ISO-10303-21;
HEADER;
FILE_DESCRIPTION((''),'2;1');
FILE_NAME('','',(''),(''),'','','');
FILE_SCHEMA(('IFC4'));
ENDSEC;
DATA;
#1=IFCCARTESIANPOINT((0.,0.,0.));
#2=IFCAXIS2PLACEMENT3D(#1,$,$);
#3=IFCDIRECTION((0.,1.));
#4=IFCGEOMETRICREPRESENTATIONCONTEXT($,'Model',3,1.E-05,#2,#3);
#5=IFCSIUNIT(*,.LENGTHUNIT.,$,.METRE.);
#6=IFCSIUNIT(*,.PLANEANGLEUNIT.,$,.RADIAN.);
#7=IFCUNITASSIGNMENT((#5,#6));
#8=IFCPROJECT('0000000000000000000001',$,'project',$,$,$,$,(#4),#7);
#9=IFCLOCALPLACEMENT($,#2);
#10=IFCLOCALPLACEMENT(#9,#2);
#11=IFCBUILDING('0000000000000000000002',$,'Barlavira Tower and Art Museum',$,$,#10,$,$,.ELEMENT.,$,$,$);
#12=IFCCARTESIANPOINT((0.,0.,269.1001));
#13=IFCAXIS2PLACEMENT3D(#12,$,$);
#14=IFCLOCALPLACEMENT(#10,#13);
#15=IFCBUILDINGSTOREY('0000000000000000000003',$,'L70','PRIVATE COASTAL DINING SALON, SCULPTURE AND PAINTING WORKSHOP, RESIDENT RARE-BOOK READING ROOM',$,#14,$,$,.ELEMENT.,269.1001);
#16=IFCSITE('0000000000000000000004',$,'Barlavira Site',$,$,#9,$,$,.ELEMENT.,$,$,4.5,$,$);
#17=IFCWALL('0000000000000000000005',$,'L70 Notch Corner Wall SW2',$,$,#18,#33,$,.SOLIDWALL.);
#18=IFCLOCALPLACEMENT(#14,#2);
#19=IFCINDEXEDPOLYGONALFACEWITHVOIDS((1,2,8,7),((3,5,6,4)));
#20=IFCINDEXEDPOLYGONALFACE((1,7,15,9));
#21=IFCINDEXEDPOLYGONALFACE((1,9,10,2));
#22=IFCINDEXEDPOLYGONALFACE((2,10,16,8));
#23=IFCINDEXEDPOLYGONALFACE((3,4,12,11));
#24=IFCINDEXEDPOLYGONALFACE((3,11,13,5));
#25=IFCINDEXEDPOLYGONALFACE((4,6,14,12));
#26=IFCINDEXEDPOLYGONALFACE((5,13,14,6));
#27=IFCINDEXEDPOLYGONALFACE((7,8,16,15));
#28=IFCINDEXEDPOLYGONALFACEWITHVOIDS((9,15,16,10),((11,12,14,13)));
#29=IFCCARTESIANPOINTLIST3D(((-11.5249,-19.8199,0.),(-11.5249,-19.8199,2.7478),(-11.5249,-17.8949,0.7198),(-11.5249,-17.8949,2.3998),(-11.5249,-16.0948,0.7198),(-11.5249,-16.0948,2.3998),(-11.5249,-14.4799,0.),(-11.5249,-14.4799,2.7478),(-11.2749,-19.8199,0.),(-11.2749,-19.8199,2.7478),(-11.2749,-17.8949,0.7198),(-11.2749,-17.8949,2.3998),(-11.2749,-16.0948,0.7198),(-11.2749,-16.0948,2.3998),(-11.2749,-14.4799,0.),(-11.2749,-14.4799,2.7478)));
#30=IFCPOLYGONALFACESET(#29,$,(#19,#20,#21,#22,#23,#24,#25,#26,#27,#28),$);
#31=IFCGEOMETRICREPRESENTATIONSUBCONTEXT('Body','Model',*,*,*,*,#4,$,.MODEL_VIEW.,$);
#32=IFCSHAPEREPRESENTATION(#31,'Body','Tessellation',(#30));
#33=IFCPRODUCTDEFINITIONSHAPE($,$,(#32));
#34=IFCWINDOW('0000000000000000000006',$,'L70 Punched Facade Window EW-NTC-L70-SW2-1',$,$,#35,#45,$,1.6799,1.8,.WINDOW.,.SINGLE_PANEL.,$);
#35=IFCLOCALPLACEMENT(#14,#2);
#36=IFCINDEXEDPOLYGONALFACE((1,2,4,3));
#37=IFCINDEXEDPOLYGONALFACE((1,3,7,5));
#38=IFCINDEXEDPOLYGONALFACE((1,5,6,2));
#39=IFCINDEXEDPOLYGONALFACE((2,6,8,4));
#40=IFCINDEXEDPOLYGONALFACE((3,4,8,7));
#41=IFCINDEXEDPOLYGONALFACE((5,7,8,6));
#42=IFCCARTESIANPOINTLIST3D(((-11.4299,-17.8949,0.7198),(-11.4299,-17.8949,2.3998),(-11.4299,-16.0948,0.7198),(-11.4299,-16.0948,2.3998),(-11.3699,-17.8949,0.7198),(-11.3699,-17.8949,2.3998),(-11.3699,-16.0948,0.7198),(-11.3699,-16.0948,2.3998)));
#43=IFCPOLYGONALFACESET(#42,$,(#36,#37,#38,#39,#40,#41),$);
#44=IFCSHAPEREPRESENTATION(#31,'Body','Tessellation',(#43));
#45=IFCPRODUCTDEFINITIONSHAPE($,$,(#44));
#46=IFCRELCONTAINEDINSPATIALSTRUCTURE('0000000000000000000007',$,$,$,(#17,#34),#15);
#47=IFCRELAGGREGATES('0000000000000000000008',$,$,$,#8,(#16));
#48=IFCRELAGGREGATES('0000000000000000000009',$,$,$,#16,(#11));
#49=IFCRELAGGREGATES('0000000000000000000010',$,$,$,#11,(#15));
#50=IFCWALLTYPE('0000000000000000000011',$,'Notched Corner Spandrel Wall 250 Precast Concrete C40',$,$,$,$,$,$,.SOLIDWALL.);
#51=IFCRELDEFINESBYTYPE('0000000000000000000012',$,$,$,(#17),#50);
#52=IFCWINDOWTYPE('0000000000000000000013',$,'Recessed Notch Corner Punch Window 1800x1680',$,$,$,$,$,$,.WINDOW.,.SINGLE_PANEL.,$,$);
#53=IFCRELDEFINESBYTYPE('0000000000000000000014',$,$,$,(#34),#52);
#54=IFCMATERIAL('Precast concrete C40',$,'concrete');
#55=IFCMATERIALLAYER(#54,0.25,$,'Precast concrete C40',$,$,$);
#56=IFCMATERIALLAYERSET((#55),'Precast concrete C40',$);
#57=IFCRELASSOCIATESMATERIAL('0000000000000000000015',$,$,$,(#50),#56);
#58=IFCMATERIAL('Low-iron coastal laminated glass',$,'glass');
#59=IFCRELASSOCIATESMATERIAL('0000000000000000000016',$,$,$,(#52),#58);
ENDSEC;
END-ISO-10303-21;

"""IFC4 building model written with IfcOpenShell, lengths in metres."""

from ifc_helpers import new_model, si_unit, direction, frame, frame_2d, origin, place, context, subcontext, project, spatial, rectangle, extrude, material, layer, layer_set, type_object, element, fill, save


model = new_model("IFC4")

# Units and contexts
model_context = context("Model", 3, precision=1e-05, world=origin(), true_north=direction((0.0, 1.0)))
body_context = subcontext(model_context, "Body", "Model", "MODEL_VIEW")
ifc_project = project(units=[si_unit("LENGTHUNIT", "METRE"), si_unit("PLANEANGLEUNIT", "RADIAN")], contexts=[model_context])

# Site, building, storey
site_placement = place(None, origin())
site = spatial("IfcSite", under=ifc_project, at=site_placement, Name="Barlavira Site", CompositionType="ELEMENT", RefElevation=4.5)
building_placement = place(site_placement, origin())
building = spatial("IfcBuilding", under=site, at=building_placement, Name="Barlavira Tower and Art Museum", CompositionType="ELEMENT")
storey_placement = place(building_placement, frame((0.0, 0.0, 269.1001)))
storey = spatial("IfcBuildingStorey", under=building, at=storey_placement, Name="L70", Description="PRIVATE COASTAL DINING SALON, SCULPTURE AND PAINTING WORKSHOP, RESIDENT RARE-BOOK READING ROOM", CompositionType="ELEMENT", Elevation=269.1001)

# Shared definitions
ifc_material_1 = material(Name="Precast concrete C40", Category="concrete")
ifc_layer_1 = layer(ifc_material_1, 0.25, Name="Precast concrete C40")
ifc_layer_set_1 = layer_set([ifc_layer_1], Name="Precast concrete C40")
wall_type = type_object("IfcWallType", Name="Notched Corner Spandrel Wall 250 Precast Concrete C40", PredefinedType="SOLIDWALL", material=ifc_layer_set_1)
ifc_material_2 = material(Name="Low-iron coastal laminated glass", Category="glass")
window_type = type_object("IfcWindowType", Name="Recessed Notch Corner Punch Window 1800x1680", PartitioningType="SINGLE_PANEL", PredefinedType="WINDOW", material=ifc_material_2)

# Wall, opening, window
wall_1_placement = place(storey_placement, frame((-11.3999, -14.48, 0.0), z_axis=(0.0, 0.0, 1.0), x_axis=(0.0, -1.0, 0.0)))
wall_1 = element("IfcWall", 1, at=wall_1_placement, inside=storey, type_object=wall_type, Name="L70 Notch Corner Wall SW2", PredefinedType="SOLIDWALL", context=body_context, shape_type="SweptSolid", body=[
    extrude(rectangle(XDim=5.3401, YDim=0.25, at=frame_2d((2.6699, 0.0))), origin(), (0.0, 0.0, 1.0), 2.7478),
])
opening_1_placement = place(wall_1_placement, frame((1.615, 0.0, 0.72)))
opening_1 = element("IfcOpeningElement", 2, at=opening_1_placement, cuts=wall_1, PredefinedType="OPENING", context=body_context, shape_type="SweptSolid", body=[
    extrude(rectangle(XDim=1.8, YDim=1.6799, at=frame_2d((0.8999, 0.8398))), frame((0.0, 0.135, 0.0), z_axis=(0.0, -1.0, 0.0), x_axis=(1.0, 0.0, 0.0)), (0.0, 0.0, 1.0), 0.27),
])
window_1_placement = place(opening_1_placement, origin())
window_1 = element("IfcWindow", 3, at=window_1_placement, inside=storey, type_object=window_type, Name="L70 Punched Facade Window EW-NTC-L70-SW2-1", OverallHeight=1.6799, OverallWidth=1.8, PartitioningType="SINGLE_PANEL", PredefinedType="WINDOW", context=body_context, shape_type="SweptSolid", body=[
    extrude(rectangle(XDim=1.8, YDim=1.6799, at=frame_2d((0.8999, 0.8398))), frame((0.0, 0.03, 0.0), z_axis=(0.0, -1.0, 0.0), x_axis=(1.0, 0.0, 0.0)), (0.0, 0.0, 1.0), 0.0601),
])
fill(opening_1, window_1)

save(model, "model.ifc")
